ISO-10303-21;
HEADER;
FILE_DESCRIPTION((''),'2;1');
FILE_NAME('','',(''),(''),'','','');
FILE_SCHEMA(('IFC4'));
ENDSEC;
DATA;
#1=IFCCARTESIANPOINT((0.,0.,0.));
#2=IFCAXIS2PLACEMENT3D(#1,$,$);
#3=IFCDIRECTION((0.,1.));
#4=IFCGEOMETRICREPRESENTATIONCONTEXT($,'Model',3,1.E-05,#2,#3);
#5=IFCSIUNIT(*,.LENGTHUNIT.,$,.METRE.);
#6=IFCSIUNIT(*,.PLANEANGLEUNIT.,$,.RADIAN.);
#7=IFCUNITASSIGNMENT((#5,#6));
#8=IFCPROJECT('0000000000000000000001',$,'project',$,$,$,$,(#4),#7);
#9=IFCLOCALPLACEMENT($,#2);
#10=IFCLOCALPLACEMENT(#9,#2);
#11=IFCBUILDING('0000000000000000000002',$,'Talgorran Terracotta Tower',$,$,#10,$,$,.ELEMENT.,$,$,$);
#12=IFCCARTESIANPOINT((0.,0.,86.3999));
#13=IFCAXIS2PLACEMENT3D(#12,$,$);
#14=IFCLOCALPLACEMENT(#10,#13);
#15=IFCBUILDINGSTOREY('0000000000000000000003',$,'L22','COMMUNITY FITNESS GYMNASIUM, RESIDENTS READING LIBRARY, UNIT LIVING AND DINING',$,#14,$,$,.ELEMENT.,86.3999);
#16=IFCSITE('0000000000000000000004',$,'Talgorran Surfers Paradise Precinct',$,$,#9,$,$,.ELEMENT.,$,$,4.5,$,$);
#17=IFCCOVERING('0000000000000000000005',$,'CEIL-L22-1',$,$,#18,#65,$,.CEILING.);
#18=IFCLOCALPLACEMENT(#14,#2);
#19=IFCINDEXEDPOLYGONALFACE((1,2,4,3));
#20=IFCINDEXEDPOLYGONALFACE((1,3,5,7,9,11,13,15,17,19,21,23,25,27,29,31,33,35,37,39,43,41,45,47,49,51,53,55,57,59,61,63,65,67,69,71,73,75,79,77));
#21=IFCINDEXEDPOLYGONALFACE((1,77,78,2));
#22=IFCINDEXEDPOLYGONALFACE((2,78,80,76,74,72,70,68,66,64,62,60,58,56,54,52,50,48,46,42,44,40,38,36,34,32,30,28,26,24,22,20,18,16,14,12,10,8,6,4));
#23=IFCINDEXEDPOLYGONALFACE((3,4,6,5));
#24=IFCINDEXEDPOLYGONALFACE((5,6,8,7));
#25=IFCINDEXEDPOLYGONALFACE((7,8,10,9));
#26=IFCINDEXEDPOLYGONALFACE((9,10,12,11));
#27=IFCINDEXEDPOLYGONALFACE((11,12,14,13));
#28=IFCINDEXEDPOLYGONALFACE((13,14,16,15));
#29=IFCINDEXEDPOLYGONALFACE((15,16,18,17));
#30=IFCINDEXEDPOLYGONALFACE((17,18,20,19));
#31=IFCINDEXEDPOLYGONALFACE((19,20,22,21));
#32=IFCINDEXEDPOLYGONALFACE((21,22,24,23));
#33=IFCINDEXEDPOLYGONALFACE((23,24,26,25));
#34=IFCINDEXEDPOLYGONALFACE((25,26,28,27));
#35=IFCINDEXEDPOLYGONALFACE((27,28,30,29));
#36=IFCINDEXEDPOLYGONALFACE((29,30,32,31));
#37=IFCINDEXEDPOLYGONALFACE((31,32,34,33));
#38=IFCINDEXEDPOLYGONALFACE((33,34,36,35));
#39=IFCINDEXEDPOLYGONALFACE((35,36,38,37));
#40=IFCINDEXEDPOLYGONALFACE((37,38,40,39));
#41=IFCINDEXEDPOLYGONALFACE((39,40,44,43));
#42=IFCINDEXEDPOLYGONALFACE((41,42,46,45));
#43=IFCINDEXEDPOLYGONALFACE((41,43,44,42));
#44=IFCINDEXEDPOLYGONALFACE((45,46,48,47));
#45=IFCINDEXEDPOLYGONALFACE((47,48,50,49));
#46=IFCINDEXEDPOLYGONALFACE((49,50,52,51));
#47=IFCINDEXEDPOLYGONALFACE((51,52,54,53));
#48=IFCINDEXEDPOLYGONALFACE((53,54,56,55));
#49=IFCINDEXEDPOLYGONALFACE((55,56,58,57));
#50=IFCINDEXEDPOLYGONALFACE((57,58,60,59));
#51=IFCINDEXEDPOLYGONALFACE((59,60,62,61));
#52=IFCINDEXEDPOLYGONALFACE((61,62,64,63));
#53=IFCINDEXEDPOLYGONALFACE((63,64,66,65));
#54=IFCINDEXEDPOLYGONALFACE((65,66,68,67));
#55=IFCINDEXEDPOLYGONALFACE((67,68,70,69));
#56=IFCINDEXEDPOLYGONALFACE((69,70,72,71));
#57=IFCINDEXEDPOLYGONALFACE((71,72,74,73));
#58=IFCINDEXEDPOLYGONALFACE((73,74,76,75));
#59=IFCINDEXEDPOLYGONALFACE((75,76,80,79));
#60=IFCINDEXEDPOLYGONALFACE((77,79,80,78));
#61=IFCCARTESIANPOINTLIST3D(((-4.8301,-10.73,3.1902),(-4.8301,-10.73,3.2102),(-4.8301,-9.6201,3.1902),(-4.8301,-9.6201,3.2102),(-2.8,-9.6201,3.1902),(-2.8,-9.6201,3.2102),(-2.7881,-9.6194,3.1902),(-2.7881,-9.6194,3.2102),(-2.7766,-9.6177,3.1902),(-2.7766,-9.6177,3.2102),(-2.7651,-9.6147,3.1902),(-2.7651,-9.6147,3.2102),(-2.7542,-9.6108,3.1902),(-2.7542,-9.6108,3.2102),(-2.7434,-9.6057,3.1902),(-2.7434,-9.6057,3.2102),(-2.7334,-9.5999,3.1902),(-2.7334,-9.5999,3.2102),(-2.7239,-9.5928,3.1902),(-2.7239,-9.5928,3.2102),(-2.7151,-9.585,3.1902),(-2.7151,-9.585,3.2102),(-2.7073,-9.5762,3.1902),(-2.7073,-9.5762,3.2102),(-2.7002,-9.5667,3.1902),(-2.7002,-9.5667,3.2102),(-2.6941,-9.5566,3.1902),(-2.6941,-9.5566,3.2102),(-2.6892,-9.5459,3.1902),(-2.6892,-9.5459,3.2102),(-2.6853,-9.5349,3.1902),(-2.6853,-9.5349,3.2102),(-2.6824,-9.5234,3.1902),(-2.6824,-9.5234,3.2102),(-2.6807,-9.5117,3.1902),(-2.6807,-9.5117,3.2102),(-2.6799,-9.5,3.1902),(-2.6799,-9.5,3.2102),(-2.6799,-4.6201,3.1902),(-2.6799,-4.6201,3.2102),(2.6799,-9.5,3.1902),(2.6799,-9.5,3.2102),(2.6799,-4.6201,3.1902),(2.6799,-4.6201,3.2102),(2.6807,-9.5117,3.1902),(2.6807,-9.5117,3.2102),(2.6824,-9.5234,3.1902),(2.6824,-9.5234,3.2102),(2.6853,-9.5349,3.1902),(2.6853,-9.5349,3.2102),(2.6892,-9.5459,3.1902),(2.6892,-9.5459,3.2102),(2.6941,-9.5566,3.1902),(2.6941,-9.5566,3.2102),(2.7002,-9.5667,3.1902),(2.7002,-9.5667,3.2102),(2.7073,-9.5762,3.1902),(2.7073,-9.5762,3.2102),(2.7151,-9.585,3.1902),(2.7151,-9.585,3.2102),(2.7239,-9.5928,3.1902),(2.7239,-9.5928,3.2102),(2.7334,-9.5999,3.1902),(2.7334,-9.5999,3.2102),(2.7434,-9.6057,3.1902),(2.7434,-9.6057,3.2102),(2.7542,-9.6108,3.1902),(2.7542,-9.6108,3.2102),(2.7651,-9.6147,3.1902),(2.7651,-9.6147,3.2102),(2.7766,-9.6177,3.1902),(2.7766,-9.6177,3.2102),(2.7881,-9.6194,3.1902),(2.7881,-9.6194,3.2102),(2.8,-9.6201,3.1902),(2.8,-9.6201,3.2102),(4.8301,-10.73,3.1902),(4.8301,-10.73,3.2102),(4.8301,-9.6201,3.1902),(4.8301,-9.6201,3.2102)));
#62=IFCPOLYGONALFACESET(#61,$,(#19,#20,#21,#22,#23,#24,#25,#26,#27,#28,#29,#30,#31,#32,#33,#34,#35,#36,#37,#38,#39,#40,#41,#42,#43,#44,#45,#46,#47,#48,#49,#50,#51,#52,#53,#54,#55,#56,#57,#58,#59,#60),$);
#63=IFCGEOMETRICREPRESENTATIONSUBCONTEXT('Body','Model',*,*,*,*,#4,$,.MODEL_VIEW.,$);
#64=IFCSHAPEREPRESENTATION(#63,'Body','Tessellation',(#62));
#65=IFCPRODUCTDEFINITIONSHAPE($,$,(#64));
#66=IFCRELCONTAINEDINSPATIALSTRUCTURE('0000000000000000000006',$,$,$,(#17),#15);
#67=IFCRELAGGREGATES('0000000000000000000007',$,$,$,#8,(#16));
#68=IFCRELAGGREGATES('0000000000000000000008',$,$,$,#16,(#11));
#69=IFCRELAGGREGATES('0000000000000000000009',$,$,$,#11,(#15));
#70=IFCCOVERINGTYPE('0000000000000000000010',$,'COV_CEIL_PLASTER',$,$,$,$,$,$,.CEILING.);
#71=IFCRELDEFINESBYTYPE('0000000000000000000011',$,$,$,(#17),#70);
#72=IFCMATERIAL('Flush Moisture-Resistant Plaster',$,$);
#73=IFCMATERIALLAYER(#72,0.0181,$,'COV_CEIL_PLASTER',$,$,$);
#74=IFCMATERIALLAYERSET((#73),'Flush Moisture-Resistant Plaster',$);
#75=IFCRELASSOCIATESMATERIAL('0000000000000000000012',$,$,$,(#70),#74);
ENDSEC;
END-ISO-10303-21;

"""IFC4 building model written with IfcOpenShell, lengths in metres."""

from ifc_helpers import new_model, si_unit, direction, frame, origin, place, context, subcontext, project, spatial, polyline, outline, extrude, material, layer, layer_set, type_object, element, save


model = new_model("IFC4")

# Units and contexts
model_context = context("Model", 3, precision=1e-05, world=origin(), true_north=direction((0.0, 1.0)))
body_context = subcontext(model_context, "Body", "Model", "MODEL_VIEW")
ifc_project = project(units=[si_unit("LENGTHUNIT", "METRE"), si_unit("PLANEANGLEUNIT", "RADIAN")], contexts=[model_context])

# Site, building, storey
site_placement = place(None, origin())
site = spatial("IfcSite", under=ifc_project, at=site_placement, Name="Talgorran Surfers Paradise Precinct", CompositionType="ELEMENT", RefElevation=4.5)
building_placement = place(site_placement, origin())
building = spatial("IfcBuilding", under=site, at=building_placement, Name="Talgorran Terracotta Tower", CompositionType="ELEMENT")
storey_placement = place(building_placement, frame((0.0, 0.0, 86.3999)))
storey = spatial("IfcBuildingStorey", under=building, at=storey_placement, Name="L22", Description="COMMUNITY FITNESS GYMNASIUM, RESIDENTS READING LIBRARY, UNIT LIVING AND DINING", CompositionType="ELEMENT", Elevation=86.3999)

# Covering
ifc_material_1 = material(Name="Flush Moisture-Resistant Plaster")
ifc_layer_1 = layer(ifc_material_1, 0.0181, Name="COV_CEIL_PLASTER")
ifc_layer_set_1 = layer_set([ifc_layer_1], Name="Flush Moisture-Resistant Plaster")
covering_type_1 = type_object("IfcCoveringType", Name="COV_CEIL_PLASTER", PredefinedType="CEILING", material=ifc_layer_set_1)
covering_1_placement = place(storey_placement, frame((0.0, 0.0, 3.1902)))
element("IfcCovering", 1, at=covering_1_placement, inside=storey, type_object=covering_type_1, Name="CEIL-L22-1", PredefinedType="CEILING", context=body_context, shape_type="SweptSolid", body=[
    extrude(outline(polyline([(-4.8301, -9.6201), (-2.8, -9.6201), (-2.7881, -9.6194), (-2.7766, -9.6177), (-2.7651, -9.6147), (-2.7542, -9.6108), (-2.7434, -9.6057), (-2.7334, -9.5999), (-2.7239, -9.5928), (-2.7151, -9.585), (-2.7073, -9.5762), (-2.7002, -9.5667), (-2.6941, -9.5566), (-2.6892, -9.5459), (-2.6853, -9.5349), (-2.6824, -9.5234), (-2.6807, -9.5117), (-2.6799, -9.5), (-2.6799, -4.6201), (2.6799, -4.6201), (2.6799, -9.5), (2.6807, -9.5117), (2.6824, -9.5234), (2.6853, -9.5349), (2.6892, -9.5459), (2.6941, -9.5566), (2.7002, -9.5667), (2.7073, -9.5762), (2.7151, -9.585), (2.7239, -9.5928), (2.7334, -9.5999), (2.7434, -9.6057), (2.7542, -9.6108), (2.7651, -9.6147), (2.7766, -9.6177), (2.7881, -9.6194), (2.8, -9.6201), (4.8301, -9.6201), (4.8301, -10.73), (-4.8301, -10.73), (-4.8301, -9.6201)])), origin(), (0.0, 0.0, 1.0), 0.02),
])

save(model, "model.ifc")
